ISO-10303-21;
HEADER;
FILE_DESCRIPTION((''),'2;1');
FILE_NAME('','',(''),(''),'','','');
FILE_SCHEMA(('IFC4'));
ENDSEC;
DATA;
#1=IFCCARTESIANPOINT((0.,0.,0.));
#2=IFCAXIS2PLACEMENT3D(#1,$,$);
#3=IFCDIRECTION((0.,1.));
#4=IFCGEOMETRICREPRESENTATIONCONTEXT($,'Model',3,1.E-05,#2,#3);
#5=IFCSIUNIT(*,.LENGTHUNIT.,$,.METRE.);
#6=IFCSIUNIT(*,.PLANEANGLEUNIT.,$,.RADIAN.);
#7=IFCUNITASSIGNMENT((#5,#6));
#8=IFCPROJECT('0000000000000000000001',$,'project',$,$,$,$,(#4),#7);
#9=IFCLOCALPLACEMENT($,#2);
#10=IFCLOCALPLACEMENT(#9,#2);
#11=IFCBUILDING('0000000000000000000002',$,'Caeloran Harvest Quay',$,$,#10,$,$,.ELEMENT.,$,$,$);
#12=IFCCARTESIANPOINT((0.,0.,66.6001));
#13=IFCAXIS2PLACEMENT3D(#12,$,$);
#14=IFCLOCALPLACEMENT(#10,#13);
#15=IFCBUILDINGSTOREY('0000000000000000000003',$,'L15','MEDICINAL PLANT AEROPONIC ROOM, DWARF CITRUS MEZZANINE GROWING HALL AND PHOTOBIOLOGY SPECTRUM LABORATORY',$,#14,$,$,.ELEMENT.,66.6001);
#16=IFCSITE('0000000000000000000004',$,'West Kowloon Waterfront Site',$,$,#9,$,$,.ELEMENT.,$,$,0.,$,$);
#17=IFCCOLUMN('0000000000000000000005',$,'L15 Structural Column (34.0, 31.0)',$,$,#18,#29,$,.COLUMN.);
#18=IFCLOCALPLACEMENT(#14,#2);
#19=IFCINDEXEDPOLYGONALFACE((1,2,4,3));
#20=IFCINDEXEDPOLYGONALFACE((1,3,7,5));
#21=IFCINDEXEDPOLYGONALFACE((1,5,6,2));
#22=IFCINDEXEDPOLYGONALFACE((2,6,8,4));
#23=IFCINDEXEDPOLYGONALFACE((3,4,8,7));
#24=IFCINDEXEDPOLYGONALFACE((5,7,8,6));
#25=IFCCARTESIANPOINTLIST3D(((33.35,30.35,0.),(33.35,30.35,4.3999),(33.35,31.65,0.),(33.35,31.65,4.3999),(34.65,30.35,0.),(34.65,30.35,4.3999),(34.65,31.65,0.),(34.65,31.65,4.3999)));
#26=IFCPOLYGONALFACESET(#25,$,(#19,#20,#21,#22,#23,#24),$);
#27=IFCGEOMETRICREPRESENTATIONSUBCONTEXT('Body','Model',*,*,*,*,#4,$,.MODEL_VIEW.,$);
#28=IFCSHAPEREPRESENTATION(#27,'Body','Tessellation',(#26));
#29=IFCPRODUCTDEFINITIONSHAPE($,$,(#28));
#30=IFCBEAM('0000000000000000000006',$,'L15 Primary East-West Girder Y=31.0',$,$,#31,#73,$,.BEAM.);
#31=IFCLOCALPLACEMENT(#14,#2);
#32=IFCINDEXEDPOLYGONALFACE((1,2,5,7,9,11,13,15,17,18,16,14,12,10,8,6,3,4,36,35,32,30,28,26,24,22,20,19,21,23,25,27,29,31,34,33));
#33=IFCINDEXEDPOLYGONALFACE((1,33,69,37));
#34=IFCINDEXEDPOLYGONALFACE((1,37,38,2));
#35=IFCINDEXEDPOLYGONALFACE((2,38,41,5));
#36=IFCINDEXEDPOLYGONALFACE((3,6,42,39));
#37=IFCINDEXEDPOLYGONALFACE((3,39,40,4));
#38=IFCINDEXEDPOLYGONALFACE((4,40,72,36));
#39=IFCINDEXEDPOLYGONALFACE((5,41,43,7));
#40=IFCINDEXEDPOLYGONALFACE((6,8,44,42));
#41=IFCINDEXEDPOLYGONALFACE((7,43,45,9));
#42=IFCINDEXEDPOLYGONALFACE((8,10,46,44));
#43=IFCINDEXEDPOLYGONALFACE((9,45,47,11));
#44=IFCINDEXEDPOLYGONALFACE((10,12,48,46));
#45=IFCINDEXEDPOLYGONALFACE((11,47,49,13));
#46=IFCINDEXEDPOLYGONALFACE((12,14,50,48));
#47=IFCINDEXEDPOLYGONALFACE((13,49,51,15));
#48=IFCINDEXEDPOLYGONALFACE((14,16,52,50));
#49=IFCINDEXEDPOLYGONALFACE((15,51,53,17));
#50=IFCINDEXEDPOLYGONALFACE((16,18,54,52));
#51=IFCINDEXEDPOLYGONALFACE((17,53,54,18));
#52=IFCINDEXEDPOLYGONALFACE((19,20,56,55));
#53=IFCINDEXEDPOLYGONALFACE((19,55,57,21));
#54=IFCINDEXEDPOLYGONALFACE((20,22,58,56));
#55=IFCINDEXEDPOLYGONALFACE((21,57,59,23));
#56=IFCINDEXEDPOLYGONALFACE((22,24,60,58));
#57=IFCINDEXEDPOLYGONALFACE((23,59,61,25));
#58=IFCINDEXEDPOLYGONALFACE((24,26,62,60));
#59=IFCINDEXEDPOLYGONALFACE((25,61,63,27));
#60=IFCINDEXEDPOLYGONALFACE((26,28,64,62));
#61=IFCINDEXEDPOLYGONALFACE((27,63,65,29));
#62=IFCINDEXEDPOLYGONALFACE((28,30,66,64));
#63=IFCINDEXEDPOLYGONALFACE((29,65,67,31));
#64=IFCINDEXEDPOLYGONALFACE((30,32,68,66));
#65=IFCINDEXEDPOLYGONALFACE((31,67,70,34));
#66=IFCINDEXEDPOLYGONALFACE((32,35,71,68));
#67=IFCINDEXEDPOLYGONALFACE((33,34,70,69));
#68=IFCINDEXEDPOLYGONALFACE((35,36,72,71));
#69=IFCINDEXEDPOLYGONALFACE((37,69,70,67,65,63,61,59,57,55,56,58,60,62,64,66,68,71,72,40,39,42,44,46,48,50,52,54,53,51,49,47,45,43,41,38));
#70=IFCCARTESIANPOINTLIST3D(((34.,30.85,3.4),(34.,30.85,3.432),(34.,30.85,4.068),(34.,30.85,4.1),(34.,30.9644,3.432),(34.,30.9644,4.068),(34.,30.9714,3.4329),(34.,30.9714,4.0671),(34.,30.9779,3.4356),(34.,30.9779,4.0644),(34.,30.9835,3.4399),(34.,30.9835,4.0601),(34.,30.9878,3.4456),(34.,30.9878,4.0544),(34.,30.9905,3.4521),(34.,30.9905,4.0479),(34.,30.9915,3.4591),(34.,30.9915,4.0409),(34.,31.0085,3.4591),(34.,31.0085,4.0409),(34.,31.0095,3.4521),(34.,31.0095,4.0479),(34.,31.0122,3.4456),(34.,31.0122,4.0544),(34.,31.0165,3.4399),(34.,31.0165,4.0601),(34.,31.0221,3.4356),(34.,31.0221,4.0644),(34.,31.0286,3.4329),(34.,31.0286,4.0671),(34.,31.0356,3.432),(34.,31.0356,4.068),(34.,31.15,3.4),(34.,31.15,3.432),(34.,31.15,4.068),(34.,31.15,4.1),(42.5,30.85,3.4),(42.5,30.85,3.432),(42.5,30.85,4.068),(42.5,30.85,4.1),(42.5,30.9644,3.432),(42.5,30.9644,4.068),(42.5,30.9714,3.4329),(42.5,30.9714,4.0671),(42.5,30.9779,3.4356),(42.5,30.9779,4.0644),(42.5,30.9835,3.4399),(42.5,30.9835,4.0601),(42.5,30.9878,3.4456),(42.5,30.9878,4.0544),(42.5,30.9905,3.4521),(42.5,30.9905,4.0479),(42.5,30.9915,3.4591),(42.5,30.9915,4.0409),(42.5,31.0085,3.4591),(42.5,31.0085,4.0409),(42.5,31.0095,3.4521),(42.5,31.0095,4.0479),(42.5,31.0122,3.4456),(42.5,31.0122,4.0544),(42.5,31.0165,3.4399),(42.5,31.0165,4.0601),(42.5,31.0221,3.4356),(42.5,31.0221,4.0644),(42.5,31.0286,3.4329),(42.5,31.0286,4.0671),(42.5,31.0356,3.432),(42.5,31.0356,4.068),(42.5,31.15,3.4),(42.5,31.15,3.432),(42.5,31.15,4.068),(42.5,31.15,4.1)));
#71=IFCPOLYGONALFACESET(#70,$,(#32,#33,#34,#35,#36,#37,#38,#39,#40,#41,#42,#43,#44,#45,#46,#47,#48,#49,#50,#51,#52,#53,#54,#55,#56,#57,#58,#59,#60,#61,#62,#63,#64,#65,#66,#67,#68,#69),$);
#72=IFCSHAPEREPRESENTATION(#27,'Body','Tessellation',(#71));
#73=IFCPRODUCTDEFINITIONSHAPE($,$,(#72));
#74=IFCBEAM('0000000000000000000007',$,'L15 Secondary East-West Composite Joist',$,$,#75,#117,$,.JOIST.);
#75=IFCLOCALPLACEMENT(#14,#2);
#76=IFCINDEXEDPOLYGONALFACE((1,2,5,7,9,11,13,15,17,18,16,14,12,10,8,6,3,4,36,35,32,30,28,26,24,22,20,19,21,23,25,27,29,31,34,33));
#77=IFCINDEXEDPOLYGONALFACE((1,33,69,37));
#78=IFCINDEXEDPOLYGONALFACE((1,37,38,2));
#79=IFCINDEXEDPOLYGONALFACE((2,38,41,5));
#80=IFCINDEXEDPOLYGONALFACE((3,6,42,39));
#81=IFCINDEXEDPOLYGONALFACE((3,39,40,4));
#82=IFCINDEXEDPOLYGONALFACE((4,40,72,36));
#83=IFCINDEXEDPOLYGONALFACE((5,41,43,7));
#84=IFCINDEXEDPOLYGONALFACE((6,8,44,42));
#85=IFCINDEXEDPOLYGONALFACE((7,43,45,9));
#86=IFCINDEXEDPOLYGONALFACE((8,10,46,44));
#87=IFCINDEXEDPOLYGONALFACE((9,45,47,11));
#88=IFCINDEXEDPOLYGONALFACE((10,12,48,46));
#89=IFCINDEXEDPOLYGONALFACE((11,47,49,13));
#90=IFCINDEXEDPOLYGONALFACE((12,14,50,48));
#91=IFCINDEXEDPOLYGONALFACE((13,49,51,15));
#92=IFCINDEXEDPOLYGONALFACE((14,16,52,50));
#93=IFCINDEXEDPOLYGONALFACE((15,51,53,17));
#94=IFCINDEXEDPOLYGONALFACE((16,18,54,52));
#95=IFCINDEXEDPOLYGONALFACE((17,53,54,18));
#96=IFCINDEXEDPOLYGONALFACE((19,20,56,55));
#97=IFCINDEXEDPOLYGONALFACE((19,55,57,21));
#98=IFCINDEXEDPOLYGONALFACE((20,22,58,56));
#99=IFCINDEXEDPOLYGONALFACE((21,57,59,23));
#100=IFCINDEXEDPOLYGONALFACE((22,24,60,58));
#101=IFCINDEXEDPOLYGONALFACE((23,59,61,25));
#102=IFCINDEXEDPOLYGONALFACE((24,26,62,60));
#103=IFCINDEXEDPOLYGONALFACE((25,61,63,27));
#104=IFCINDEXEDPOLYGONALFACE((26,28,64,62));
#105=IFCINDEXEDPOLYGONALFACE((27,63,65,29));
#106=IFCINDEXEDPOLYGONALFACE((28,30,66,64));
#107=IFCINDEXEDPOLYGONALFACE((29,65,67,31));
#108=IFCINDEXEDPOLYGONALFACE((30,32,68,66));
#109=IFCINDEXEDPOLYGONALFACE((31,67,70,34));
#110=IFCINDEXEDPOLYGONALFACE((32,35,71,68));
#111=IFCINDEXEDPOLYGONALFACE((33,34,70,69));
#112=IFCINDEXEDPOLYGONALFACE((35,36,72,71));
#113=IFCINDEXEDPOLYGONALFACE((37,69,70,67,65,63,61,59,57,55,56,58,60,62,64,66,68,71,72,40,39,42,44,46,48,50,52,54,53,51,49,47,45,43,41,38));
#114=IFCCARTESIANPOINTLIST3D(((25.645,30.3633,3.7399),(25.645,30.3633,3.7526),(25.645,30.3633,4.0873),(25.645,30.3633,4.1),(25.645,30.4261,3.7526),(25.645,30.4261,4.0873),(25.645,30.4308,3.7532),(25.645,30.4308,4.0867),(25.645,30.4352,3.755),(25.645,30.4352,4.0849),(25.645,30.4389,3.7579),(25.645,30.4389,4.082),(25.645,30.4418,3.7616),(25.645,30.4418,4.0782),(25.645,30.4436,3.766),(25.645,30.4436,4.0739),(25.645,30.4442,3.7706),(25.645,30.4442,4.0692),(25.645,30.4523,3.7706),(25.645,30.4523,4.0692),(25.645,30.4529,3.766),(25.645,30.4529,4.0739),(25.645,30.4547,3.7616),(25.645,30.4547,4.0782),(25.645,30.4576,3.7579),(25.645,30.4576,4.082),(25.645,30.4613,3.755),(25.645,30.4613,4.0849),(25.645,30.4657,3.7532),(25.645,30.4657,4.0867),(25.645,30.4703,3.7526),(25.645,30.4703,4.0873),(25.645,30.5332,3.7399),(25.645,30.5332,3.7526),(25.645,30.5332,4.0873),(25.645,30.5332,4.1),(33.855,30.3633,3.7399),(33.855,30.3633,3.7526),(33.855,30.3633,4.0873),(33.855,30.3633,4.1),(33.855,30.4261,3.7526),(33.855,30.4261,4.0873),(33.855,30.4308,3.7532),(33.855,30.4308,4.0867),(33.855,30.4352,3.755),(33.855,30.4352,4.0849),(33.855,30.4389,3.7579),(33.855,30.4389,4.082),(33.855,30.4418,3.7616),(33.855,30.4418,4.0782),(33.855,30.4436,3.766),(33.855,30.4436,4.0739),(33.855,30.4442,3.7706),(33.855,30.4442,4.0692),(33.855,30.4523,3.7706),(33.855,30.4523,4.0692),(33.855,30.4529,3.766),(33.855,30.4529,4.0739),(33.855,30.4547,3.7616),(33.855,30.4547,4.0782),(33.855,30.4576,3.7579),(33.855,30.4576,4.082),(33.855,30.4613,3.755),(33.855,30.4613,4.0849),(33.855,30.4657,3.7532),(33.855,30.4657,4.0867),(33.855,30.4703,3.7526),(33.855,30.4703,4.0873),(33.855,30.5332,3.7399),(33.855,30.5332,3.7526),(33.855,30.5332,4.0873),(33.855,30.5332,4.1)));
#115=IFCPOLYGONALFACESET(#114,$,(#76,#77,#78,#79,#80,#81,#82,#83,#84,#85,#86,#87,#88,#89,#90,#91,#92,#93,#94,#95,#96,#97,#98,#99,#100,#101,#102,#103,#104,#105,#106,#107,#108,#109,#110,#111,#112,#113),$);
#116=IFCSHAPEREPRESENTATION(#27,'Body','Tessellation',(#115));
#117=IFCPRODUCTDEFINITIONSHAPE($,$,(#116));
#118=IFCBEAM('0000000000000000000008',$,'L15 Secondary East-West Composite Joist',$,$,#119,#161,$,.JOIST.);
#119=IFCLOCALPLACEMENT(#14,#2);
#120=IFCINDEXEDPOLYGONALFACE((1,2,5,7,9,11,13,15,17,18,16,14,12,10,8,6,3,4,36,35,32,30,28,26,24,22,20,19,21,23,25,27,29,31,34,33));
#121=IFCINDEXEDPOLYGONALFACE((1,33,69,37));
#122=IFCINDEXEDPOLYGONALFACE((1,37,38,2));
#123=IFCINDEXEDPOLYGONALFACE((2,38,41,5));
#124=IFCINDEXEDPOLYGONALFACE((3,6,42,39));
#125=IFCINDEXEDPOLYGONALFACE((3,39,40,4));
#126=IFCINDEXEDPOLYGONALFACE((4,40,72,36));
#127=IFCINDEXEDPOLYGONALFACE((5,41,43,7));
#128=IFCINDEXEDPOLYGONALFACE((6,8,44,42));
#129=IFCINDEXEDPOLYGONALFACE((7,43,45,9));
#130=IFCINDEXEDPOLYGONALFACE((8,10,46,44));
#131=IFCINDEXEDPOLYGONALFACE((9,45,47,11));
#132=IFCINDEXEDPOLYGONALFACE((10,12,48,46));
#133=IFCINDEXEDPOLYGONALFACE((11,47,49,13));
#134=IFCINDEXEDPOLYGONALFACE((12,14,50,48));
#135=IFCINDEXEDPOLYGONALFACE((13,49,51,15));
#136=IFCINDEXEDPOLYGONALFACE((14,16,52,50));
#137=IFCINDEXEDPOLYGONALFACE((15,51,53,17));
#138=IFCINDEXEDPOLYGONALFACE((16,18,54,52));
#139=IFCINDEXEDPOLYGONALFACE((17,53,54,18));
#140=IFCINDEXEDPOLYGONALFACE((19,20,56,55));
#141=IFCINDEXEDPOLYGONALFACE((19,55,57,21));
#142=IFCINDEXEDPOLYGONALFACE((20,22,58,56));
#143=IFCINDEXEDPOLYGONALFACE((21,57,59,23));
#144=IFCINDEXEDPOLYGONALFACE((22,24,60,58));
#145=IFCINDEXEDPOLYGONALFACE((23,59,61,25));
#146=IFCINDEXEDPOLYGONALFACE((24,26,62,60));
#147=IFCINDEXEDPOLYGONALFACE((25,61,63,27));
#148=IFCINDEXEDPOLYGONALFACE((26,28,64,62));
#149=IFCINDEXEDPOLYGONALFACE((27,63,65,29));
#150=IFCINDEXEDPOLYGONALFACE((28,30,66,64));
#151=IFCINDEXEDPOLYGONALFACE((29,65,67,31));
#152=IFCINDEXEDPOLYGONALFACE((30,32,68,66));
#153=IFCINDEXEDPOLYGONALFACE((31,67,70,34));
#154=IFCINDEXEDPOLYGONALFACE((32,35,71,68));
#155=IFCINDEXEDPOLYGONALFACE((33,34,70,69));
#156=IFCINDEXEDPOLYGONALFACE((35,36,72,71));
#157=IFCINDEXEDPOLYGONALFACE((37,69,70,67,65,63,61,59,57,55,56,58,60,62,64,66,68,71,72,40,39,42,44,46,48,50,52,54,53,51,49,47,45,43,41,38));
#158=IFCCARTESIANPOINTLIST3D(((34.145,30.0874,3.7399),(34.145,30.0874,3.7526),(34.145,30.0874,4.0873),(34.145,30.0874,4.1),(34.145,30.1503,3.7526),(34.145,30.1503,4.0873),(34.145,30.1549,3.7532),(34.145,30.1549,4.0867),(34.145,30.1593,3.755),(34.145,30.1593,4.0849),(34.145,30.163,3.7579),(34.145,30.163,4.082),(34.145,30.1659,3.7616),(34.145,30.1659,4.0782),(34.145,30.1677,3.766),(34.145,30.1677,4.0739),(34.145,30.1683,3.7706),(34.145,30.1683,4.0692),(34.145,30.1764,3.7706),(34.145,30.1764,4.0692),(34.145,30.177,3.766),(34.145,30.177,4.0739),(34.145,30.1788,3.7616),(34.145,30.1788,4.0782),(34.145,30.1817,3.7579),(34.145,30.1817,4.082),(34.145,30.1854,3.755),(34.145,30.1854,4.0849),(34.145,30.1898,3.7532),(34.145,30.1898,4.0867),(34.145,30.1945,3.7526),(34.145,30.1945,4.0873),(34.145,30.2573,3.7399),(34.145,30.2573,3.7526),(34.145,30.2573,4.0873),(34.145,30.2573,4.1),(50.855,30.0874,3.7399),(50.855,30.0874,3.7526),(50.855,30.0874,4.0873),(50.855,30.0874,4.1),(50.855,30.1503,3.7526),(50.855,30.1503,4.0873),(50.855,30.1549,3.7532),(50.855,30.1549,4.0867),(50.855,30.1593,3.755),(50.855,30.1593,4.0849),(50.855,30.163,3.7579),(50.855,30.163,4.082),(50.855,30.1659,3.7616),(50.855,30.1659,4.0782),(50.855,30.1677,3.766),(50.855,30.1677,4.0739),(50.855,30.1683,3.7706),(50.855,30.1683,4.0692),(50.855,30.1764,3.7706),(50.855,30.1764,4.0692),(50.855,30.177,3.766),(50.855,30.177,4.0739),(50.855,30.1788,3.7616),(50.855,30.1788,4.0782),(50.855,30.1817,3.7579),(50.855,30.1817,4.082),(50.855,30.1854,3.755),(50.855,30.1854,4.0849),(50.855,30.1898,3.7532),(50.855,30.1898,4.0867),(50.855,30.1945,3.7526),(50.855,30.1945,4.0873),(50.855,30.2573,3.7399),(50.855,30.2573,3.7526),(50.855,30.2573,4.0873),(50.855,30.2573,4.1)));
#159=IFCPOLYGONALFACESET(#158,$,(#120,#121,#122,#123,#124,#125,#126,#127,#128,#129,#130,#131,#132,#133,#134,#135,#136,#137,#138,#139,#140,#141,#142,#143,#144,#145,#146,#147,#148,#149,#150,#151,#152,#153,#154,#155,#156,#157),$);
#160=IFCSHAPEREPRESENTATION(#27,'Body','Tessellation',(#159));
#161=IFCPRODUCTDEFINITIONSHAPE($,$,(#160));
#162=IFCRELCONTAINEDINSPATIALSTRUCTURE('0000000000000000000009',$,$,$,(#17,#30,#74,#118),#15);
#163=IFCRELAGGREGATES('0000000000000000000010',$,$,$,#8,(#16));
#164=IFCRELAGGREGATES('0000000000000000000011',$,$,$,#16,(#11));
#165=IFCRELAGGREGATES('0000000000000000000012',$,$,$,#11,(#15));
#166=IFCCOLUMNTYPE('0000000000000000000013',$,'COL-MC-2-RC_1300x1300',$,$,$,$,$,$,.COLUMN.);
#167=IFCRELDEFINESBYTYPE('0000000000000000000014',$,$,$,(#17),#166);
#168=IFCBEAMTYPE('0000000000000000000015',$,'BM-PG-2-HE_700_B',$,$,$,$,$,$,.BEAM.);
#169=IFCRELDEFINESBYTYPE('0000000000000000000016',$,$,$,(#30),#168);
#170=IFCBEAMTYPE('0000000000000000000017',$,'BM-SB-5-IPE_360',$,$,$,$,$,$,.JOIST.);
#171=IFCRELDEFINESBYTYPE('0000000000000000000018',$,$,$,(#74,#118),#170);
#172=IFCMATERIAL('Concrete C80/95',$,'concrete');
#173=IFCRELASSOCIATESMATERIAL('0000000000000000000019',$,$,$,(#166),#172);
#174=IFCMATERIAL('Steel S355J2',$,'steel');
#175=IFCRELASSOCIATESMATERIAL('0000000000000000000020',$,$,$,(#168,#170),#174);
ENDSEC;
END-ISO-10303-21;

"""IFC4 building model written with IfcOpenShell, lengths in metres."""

from ifc_helpers import new_model, si_unit, direction, frame, origin, origin_2d, place, context, subcontext, project, spatial, rectangle, i_section, extrude, material, material_profile, profile_set, type_object, element, save


model = new_model("IFC4")

# Units and contexts
model_context = context("Model", 3, precision=1e-05, world=origin(), true_north=direction((0.0, 1.0)))
body_context = subcontext(model_context, "Body", "Model", "MODEL_VIEW")
ifc_project = project(units=[si_unit("LENGTHUNIT", "METRE"), si_unit("PLANEANGLEUNIT", "RADIAN")], contexts=[model_context])

# Site, building, storey
site_placement = place(None, origin())
site = spatial("IfcSite", under=ifc_project, at=site_placement, Name="West Kowloon Waterfront Site", CompositionType="ELEMENT", RefElevation=0.0)
building_placement = place(site_placement, origin())
building = spatial("IfcBuilding", under=site, at=building_placement, Name="Caeloran Harvest Quay", CompositionType="ELEMENT")
storey_placement = place(building_placement, frame((0.0, 0.0, 66.6001)))
storey = spatial("IfcBuildingStorey", under=building, at=storey_placement, Name="L15", Description="MEDICINAL PLANT AEROPONIC ROOM, DWARF CITRUS MEZZANINE GROWING HALL AND PHOTOBIOLOGY SPECTRUM LABORATORY", CompositionType="ELEMENT", Elevation=66.6001)

# Column
ifc_material_1 = material(Name="Concrete C80/95", Category="concrete")
ifc_material_profile_1 = material_profile(ifc_material_1, rectangle(XDim=1.3, YDim=1.3, at=origin_2d()), Name="RC 1300x1300")
ifc_profile_set_1 = profile_set([ifc_material_profile_1], Name="Concrete C80/95")
column_type = type_object("IfcColumnType", Name="COL-MC-2-RC_1300x1300", PredefinedType="COLUMN", material=ifc_profile_set_1)
column_placement = place(storey_placement, frame((34.0, 31.0, 0.0), z_axis=(0.0, 0.0, 1.0), x_axis=(1.0, 0.0, 0.0)))
element("IfcColumn", 1, at=column_placement, inside=storey, type_object=column_type, Name="L15 Structural Column (34.0, 31.0)", PredefinedType="COLUMN", context=body_context, shape_type="SweptSolid", body=[
    extrude(rectangle(XDim=1.3, YDim=1.3, at=origin_2d()), origin(), (0.0, 0.0, 1.0), 4.3999),
])

# Beams
ifc_material_2 = material(Name="Steel S355J2", Category="steel")
ifc_material_profile_2 = material_profile(ifc_material_2, i_section(OverallWidth=0.3, OverallDepth=0.7, WebThickness=0.0171, FlangeThickness=0.032, FilletRadius=0.0271, at=origin_2d()), Name="HE 700 B")
ifc_profile_set_2 = profile_set([ifc_material_profile_2], Name="Steel S355J2")
beam_type_1 = type_object("IfcBeamType", Name="BM-PG-2-HE_700_B", PredefinedType="BEAM", material=ifc_profile_set_2)
beam_1_placement = place(storey_placement, frame((34.0, 31.0, 3.75), z_axis=(1.0, 0.0, 0.0), x_axis=(0.0, 1.0, 0.0)))
element("IfcBeam", 2, at=beam_1_placement, inside=storey, type_object=beam_type_1, Name="L15 Primary East-West Girder Y=31.0", PredefinedType="BEAM", context=body_context, shape_type="SweptSolid", body=[
    extrude(i_section(OverallWidth=0.3, OverallDepth=0.7, WebThickness=0.0171, FlangeThickness=0.032, FilletRadius=0.0271, at=origin_2d()), origin(), (0.0, 0.0, 1.0), 8.5),
])
ifc_material_profile_3 = material_profile(ifc_material_2, i_section(OverallWidth=0.1699, OverallDepth=0.3601, WebThickness=0.0081, FlangeThickness=0.0127, FilletRadius=0.0181, at=origin_2d()), Name="IPE 360")
ifc_profile_set_3 = profile_set([ifc_material_profile_3], Name="Steel S355J2")
beam_type_2 = type_object("IfcBeamType", Name="BM-SB-5-IPE_360", PredefinedType="JOIST", material=ifc_profile_set_3)
beam_2_placement = place(storey_placement, frame((25.645, 30.4482, 3.9199), z_axis=(1.0, 0.0, 0.0), x_axis=(0.0, 1.0, 0.0)))
element("IfcBeam", 3, at=beam_2_placement, inside=storey, type_object=beam_type_2, Name="L15 Secondary East-West Composite Joist", PredefinedType="JOIST", context=body_context, shape_type="SweptSolid", body=[
    extrude(i_section(OverallWidth=0.1699, OverallDepth=0.3601, WebThickness=0.0081, FlangeThickness=0.0127, FilletRadius=0.0181, at=origin_2d()), origin(), (0.0, 0.0, 1.0), 8.21),
])
for number, where, z_axis, x_axis, name in (
    (4, (34.145, 30.1724, 3.9199), (1.0, 0.0, 0.0), (0.0, 1.0, 0.0), "L15 Secondary East-West Composite Joist"),
):
    element("IfcBeam", number, at=place(storey_placement, frame(where, z_axis=z_axis, x_axis=x_axis)), inside=storey, type_object=beam_type_2, Name=name, PredefinedType="JOIST", context=body_context, shape_type="SweptSolid", body=[
        extrude(i_section(OverallWidth=0.1699, OverallDepth=0.3601, WebThickness=0.0081, FlangeThickness=0.0127, FilletRadius=0.0181, at=origin_2d()), origin(), (0.0, 0.0, 1.0), 16.71),
    ])

save(model, "model.ifc")
